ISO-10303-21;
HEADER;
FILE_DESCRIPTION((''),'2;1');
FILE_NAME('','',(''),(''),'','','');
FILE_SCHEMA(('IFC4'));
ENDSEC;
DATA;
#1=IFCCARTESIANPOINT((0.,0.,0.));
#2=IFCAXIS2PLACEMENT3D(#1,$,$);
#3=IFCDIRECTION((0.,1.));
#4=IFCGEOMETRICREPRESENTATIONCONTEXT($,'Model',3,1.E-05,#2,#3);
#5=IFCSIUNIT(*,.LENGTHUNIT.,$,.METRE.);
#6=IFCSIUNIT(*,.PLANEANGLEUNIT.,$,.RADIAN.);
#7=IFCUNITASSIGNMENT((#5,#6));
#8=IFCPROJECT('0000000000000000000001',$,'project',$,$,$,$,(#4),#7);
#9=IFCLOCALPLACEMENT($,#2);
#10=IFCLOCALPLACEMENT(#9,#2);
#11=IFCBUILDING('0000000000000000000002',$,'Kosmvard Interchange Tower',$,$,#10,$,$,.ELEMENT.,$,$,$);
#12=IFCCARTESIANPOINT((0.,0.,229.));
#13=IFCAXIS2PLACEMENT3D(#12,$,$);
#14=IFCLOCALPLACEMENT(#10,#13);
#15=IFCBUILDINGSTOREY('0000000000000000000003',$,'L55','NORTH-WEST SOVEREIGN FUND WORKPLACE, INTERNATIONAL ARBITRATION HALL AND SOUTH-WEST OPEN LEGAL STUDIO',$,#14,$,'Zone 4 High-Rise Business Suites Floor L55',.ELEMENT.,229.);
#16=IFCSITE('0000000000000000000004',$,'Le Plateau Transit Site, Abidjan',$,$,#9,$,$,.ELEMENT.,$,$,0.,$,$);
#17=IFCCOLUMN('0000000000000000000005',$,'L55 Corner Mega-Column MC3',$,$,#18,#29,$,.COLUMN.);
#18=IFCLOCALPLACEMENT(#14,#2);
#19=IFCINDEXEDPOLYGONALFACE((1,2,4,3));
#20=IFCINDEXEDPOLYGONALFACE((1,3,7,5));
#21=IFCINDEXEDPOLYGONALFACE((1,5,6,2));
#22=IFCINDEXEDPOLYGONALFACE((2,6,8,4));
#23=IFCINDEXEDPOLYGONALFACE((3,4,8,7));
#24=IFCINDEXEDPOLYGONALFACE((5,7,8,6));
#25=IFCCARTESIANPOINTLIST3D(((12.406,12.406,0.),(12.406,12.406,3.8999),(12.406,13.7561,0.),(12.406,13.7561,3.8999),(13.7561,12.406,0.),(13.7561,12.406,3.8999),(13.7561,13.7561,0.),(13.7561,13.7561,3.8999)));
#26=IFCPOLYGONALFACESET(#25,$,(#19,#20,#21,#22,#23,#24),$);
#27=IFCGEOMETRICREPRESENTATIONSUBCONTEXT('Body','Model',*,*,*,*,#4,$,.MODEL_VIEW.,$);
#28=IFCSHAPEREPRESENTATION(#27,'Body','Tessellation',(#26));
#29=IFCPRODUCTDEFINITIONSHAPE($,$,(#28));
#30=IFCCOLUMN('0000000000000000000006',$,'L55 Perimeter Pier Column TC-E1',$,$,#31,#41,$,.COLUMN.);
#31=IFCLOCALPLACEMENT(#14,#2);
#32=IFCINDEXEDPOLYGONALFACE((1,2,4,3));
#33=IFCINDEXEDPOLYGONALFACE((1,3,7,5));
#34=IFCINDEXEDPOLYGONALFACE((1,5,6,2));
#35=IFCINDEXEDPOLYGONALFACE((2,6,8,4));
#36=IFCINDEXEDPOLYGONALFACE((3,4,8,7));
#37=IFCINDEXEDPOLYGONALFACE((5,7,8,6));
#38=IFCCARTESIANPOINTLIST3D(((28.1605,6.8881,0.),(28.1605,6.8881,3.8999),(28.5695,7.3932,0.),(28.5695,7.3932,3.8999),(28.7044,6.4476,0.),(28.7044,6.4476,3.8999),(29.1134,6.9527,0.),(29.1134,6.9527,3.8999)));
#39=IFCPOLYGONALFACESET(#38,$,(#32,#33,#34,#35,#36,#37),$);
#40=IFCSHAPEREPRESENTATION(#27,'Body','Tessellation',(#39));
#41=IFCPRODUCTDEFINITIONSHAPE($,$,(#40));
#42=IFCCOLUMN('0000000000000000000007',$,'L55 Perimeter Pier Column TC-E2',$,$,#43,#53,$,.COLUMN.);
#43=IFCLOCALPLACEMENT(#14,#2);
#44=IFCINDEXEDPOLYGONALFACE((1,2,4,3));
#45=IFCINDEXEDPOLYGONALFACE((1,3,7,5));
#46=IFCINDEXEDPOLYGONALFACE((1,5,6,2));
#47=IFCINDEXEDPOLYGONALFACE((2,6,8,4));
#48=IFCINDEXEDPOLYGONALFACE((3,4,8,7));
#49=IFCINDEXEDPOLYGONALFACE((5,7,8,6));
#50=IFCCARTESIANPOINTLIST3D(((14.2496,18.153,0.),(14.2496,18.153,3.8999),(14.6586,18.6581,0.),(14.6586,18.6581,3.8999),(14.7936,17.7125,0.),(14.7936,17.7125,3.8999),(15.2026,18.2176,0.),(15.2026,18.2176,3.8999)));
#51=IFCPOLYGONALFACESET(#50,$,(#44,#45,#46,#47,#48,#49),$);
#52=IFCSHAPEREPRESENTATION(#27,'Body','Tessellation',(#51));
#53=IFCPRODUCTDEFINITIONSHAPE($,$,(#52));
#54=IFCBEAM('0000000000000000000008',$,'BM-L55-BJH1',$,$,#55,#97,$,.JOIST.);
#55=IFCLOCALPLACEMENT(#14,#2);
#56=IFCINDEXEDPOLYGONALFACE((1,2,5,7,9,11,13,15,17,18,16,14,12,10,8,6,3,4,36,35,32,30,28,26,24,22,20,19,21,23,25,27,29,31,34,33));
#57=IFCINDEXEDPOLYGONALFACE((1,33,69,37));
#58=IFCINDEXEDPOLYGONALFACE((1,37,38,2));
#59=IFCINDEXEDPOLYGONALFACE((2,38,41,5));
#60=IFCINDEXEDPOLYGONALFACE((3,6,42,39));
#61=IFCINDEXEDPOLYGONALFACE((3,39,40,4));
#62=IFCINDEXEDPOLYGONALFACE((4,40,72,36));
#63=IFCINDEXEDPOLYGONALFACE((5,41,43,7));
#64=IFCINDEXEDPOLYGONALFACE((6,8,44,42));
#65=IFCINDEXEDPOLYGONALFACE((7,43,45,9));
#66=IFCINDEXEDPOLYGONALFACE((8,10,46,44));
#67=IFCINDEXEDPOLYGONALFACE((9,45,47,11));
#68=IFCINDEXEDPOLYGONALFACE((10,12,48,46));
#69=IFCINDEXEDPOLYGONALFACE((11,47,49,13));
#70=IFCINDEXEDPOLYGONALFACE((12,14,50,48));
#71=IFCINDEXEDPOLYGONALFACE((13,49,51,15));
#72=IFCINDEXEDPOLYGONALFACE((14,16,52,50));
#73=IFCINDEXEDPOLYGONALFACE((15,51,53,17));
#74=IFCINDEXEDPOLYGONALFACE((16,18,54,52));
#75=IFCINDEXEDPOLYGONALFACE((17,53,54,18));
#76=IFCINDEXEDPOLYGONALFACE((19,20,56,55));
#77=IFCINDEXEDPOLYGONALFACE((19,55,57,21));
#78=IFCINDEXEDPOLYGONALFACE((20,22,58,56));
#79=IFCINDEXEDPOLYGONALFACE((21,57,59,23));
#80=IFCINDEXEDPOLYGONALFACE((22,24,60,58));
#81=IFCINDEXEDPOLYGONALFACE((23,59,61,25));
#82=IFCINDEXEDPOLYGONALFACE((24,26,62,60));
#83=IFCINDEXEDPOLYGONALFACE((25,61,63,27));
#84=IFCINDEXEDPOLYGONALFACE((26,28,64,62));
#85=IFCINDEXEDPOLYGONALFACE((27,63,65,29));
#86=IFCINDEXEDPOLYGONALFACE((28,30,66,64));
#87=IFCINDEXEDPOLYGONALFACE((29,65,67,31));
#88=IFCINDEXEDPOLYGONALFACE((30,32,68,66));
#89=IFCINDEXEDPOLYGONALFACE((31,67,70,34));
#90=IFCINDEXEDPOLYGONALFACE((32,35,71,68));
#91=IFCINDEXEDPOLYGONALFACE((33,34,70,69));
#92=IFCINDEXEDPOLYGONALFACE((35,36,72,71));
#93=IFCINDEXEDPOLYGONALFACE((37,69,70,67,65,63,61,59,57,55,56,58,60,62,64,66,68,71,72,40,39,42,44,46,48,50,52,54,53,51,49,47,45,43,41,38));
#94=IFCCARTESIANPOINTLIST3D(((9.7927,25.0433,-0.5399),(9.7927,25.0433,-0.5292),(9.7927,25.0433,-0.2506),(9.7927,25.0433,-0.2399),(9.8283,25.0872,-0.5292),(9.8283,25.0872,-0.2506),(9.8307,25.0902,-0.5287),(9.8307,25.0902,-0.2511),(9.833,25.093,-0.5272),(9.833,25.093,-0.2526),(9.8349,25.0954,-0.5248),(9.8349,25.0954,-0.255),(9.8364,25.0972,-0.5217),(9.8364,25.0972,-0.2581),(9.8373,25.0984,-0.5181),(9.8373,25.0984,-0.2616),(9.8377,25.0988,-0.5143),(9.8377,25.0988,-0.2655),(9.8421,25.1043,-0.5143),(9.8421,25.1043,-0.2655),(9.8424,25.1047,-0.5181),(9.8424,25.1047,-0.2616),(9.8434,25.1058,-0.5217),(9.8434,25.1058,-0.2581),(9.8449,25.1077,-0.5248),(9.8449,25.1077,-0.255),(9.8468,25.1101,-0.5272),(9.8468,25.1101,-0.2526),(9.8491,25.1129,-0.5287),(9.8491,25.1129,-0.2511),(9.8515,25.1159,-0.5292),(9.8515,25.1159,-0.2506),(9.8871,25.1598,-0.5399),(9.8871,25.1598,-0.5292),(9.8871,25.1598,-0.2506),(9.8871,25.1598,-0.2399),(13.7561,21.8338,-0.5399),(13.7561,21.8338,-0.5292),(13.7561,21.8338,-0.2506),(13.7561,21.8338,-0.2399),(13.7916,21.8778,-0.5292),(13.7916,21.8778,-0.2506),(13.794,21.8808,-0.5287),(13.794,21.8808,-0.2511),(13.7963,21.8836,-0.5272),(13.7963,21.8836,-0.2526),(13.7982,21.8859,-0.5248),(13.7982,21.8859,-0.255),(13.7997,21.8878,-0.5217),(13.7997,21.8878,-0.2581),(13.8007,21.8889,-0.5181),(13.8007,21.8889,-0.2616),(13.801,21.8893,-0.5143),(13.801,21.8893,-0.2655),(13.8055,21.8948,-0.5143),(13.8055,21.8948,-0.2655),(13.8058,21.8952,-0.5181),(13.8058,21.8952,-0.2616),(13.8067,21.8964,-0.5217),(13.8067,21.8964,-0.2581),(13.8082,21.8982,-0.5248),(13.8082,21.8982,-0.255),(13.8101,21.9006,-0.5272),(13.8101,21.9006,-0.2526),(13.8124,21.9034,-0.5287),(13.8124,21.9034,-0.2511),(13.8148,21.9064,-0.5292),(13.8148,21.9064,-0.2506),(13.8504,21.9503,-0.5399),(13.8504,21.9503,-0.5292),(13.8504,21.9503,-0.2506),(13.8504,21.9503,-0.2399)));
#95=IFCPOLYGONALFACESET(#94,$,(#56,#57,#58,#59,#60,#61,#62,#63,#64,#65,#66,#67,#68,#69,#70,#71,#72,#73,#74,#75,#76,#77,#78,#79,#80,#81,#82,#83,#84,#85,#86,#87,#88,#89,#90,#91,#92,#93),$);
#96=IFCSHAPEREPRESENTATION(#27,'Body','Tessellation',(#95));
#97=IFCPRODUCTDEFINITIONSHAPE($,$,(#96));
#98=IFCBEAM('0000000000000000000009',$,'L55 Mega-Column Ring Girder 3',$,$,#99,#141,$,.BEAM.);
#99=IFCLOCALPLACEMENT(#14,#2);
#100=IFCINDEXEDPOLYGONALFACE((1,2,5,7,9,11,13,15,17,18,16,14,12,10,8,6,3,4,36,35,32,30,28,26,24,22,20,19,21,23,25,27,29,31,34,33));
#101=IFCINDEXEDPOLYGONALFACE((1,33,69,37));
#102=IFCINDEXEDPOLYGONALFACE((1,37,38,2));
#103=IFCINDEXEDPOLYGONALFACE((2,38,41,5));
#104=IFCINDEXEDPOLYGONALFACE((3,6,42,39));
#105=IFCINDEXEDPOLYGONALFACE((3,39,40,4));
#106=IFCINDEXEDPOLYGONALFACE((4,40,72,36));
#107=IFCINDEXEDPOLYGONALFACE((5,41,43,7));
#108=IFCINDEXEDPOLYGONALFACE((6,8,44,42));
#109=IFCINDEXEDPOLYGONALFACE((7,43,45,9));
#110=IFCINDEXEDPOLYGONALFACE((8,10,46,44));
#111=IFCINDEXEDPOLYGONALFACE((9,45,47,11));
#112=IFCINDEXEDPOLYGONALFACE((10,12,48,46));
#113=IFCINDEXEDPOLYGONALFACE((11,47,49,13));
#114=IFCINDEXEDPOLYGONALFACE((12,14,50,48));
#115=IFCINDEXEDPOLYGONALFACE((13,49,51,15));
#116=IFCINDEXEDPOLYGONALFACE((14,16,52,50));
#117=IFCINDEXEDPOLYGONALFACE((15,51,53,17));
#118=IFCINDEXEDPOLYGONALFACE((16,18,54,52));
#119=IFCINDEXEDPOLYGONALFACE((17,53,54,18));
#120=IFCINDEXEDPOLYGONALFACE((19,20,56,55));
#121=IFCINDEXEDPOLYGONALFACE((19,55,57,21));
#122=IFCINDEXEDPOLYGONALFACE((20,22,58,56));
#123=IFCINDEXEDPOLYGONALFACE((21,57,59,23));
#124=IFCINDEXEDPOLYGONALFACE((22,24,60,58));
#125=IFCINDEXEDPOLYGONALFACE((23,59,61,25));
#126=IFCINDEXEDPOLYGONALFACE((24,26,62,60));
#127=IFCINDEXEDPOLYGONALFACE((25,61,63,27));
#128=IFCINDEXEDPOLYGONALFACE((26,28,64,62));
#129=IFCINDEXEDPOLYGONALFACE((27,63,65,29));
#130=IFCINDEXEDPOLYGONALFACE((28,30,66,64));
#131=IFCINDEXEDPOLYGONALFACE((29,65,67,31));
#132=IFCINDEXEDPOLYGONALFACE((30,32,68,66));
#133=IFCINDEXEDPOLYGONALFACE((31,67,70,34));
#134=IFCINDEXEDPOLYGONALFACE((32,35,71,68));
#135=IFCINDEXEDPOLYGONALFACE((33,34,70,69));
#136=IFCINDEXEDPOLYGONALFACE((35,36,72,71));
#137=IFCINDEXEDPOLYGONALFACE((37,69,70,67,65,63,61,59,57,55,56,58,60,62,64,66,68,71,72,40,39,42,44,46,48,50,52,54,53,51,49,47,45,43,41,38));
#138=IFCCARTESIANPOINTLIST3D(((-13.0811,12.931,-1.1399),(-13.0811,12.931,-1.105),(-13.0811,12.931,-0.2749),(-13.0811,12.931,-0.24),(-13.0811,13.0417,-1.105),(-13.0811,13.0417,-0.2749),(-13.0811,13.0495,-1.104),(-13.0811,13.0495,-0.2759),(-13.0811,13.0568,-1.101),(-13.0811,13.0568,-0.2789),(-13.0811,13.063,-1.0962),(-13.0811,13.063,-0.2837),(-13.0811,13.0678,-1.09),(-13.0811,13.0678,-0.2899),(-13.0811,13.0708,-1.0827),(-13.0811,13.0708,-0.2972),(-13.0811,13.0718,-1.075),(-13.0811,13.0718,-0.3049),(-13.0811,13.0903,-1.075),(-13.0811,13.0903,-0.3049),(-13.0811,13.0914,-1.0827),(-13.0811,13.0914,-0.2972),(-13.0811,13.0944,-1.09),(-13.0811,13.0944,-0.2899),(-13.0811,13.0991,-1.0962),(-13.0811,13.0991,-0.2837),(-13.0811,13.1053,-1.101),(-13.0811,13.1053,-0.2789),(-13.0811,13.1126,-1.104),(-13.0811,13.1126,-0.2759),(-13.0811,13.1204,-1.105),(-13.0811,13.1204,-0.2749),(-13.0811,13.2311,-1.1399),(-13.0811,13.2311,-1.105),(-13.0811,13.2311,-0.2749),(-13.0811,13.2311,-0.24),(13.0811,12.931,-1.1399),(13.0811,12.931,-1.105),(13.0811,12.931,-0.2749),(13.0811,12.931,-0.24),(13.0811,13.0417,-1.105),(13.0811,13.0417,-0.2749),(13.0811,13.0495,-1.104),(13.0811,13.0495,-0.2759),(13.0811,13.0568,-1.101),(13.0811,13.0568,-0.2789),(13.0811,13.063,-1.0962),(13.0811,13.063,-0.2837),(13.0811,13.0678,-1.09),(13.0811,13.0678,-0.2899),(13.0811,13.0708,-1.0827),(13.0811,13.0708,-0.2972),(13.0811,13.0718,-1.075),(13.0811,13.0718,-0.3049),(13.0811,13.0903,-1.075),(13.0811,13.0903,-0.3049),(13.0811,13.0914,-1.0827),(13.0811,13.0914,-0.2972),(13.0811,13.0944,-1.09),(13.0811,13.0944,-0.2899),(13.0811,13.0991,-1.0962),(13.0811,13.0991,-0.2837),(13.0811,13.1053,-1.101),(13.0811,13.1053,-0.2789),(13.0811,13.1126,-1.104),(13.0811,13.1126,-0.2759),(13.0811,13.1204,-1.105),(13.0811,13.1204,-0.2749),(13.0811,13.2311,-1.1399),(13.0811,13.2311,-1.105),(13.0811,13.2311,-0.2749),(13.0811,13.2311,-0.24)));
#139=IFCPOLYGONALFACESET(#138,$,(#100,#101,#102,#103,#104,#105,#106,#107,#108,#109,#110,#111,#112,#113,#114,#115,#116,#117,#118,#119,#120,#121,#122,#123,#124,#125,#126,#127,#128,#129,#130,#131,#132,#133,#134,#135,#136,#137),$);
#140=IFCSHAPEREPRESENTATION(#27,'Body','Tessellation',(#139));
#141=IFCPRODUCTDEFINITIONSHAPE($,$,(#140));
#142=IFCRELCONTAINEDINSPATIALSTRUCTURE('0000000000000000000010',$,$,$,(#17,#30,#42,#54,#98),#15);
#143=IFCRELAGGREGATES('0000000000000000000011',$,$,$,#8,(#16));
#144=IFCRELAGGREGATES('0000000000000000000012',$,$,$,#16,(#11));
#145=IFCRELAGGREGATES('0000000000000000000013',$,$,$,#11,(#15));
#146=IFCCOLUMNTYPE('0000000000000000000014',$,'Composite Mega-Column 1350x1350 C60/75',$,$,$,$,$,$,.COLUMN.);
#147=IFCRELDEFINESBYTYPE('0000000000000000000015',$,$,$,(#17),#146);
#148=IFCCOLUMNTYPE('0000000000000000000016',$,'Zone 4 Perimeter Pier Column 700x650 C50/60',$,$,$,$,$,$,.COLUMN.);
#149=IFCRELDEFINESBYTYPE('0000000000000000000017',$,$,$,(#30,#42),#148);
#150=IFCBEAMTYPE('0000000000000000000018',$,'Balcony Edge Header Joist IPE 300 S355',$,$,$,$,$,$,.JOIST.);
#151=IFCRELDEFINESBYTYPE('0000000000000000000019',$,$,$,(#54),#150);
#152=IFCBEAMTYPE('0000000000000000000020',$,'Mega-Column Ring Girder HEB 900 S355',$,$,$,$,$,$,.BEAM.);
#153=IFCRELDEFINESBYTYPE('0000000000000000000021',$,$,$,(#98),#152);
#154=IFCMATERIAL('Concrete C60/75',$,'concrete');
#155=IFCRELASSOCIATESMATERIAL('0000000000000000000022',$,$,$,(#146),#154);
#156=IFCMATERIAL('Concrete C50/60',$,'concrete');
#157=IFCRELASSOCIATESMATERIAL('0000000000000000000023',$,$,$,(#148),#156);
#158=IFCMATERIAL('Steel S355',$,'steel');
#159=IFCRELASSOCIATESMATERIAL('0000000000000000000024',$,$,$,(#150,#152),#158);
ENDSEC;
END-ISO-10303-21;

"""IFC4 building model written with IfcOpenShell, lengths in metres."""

from ifc_helpers import new_model, si_unit, direction, frame, origin, origin_2d, place, context, subcontext, project, spatial, rectangle, i_section, extrude, source, transform, mapped, material, material_profile, profile_set, type_object, element, save


model = new_model("IFC4")

# Units and contexts
model_context = context("Model", 3, precision=1e-05, world=origin(), true_north=direction((0.0, 1.0)))
body_context = subcontext(model_context, "Body", "Model", "MODEL_VIEW")
ifc_project = project(units=[si_unit("LENGTHUNIT", "METRE"), si_unit("PLANEANGLEUNIT", "RADIAN")], contexts=[model_context])

# Site, building, storey
site_placement = place(None, origin())
site = spatial("IfcSite", under=ifc_project, at=site_placement, Name="Le Plateau Transit Site, Abidjan", CompositionType="ELEMENT", RefElevation=0.0)
building_placement = place(site_placement, origin())
building = spatial("IfcBuilding", under=site, at=building_placement, Name="Kosmvard Interchange Tower", CompositionType="ELEMENT")
storey_placement = place(building_placement, frame((0.0, 0.0, 229.0)))
storey = spatial("IfcBuildingStorey", under=building, at=storey_placement, Name="L55", Description="NORTH-WEST SOVEREIGN FUND WORKPLACE, INTERNATIONAL ARBITRATION HALL AND SOUTH-WEST OPEN LEGAL STUDIO", LongName="Zone 4 High-Rise Business Suites Floor L55", CompositionType="ELEMENT", Elevation=229.0)

# Columns
ifc_material_1 = material(Name="Concrete C60/75", Category="concrete")
ifc_material_profile_1 = material_profile(ifc_material_1, rectangle(XDim=1.3501, YDim=1.3501, at=origin_2d()), Name="MC 1350x1350")
ifc_profile_set_1 = profile_set([ifc_material_profile_1], Name="Concrete C60/75")
column_type_1 = type_object("IfcColumnType", Name="Composite Mega-Column 1350x1350 C60/75", PredefinedType="COLUMN", material=ifc_profile_set_1)
shared_shape_1 = source(origin(), body_context, "Body", "SweptSolid", [
    extrude(rectangle(XDim=1.3501, YDim=1.3501, at=origin_2d()), origin(), (0.0, 0.0, 1.0), 3.8999),
])
column_placement = place(storey_placement, frame((13.0811, 13.0811, 0.0), z_axis=(0.0, 0.0, 1.0), x_axis=(1.0, 0.0, 0.0)))
element("IfcColumn", 1, at=column_placement, inside=storey, type_object=column_type_1, Name="L55 Corner Mega-Column MC3", PredefinedType="COLUMN", context=body_context, shape_type="MappedRepresentation", body=[
    mapped(shared_shape_1, transform((0.0, 0.0, 0.0), scale=1.0)),
])
ifc_material_2 = material(Name="Concrete C50/60", Category="concrete")
ifc_material_profile_2 = material_profile(ifc_material_2, rectangle(XDim=0.6499, YDim=0.7, at=origin_2d()), Name="TC 700x650")
ifc_profile_set_2 = profile_set([ifc_material_profile_2], Name="Concrete C50/60")
column_type_2 = type_object("IfcColumnType", Name="Zone 4 Perimeter Pier Column 700x650 C50/60", PredefinedType="COLUMN", material=ifc_profile_set_2)
shared_shape_2 = source(origin(), body_context, "Body", "SweptSolid", [
    extrude(rectangle(XDim=0.6499, YDim=0.7, at=origin_2d()), origin(), (0.0, 0.0, 1.0), 3.8999),
])
for number, where, z_axis, x_axis, name in (
    (2, (28.637, 6.9204, 0.0), (0.0, 0.0, 1.0), (0.62932, 0.777146, 0.0), "L55 Perimeter Pier Column TC-E1"),
    (3, (14.7261, 18.1853, 0.0), (0.0, 0.0, 1.0), (0.62932, 0.777146, 0.0), "L55 Perimeter Pier Column TC-E2"),
):
    element("IfcColumn", number, at=place(storey_placement, frame(where, z_axis=z_axis, x_axis=x_axis)), inside=storey, type_object=column_type_2, Name=name, PredefinedType="COLUMN", context=body_context, shape_type="MappedRepresentation", body=[
        mapped(shared_shape_2, transform((0.0, 0.0, 0.0), scale=1.0)),
    ])

# Beams
ifc_material_3 = material(Name="Steel S355", Category="steel")
ifc_material_profile_3 = material_profile(ifc_material_3, i_section(OverallWidth=0.1499, OverallDepth=0.3, WebThickness=0.0071, FlangeThickness=0.0107, FilletRadius=0.0149, at=origin_2d()), Name="IPE 300")
ifc_profile_set_3 = profile_set([ifc_material_profile_3], Name="Steel S355")
beam_type_1 = type_object("IfcBeamType", Name="Balcony Edge Header Joist IPE 300 S355", PredefinedType="JOIST", material=ifc_profile_set_3)
shared_shape_3 = source(origin(), body_context, "Body", "SweptSolid", [
    extrude(i_section(OverallWidth=0.1499, OverallDepth=0.3, WebThickness=0.0071, FlangeThickness=0.0107, FilletRadius=0.0149, at=origin_2d()), origin(), (0.0, 0.0, 1.0), 5.0999),
])
beam_1_placement = place(storey_placement, frame((13.8032, 21.8921, -0.3899), z_axis=(-0.777147, 0.629319, 0.0), x_axis=(-0.629319, -0.777147, 0.0)))
element("IfcBeam", 4, at=beam_1_placement, inside=storey, type_object=beam_type_1, Name="BM-L55-BJH1", PredefinedType="JOIST", context=body_context, shape_type="MappedRepresentation", body=[
    mapped(shared_shape_3, transform((0.0, 0.0, 0.0), scale=1.0)),
])
ifc_material_profile_4 = material_profile(ifc_material_3, i_section(OverallWidth=0.3, OverallDepth=0.8999, WebThickness=0.0186, FlangeThickness=0.0349, FilletRadius=0.03, at=origin_2d()), Name="HEB 900")
ifc_profile_set_4 = profile_set([ifc_material_profile_4], Name="Steel S355")
beam_type_2 = type_object("IfcBeamType", Name="Mega-Column Ring Girder HEB 900 S355", PredefinedType="BEAM", material=ifc_profile_set_4)
shared_shape_4 = source(origin(), body_context, "Body", "SweptSolid", [
    extrude(i_section(OverallWidth=0.3, OverallDepth=0.8999, WebThickness=0.0186, FlangeThickness=0.0349, FilletRadius=0.03, at=origin_2d()), origin(), (0.0, 0.0, 1.0), 26.1621),
])
beam_2_placement = place(storey_placement, frame((13.0811, 13.0811, -0.6899), z_axis=(-1.0, 0.0, 0.0), x_axis=(0.0, -1.0, 0.0)))
element("IfcBeam", 5, at=beam_2_placement, inside=storey, type_object=beam_type_2, Name="L55 Mega-Column Ring Girder 3", PredefinedType="BEAM", context=body_context, shape_type="MappedRepresentation", body=[
    mapped(shared_shape_4, transform((0.0, 0.0, 0.0), scale=1.0)),
])

save(model, "model.ifc")
